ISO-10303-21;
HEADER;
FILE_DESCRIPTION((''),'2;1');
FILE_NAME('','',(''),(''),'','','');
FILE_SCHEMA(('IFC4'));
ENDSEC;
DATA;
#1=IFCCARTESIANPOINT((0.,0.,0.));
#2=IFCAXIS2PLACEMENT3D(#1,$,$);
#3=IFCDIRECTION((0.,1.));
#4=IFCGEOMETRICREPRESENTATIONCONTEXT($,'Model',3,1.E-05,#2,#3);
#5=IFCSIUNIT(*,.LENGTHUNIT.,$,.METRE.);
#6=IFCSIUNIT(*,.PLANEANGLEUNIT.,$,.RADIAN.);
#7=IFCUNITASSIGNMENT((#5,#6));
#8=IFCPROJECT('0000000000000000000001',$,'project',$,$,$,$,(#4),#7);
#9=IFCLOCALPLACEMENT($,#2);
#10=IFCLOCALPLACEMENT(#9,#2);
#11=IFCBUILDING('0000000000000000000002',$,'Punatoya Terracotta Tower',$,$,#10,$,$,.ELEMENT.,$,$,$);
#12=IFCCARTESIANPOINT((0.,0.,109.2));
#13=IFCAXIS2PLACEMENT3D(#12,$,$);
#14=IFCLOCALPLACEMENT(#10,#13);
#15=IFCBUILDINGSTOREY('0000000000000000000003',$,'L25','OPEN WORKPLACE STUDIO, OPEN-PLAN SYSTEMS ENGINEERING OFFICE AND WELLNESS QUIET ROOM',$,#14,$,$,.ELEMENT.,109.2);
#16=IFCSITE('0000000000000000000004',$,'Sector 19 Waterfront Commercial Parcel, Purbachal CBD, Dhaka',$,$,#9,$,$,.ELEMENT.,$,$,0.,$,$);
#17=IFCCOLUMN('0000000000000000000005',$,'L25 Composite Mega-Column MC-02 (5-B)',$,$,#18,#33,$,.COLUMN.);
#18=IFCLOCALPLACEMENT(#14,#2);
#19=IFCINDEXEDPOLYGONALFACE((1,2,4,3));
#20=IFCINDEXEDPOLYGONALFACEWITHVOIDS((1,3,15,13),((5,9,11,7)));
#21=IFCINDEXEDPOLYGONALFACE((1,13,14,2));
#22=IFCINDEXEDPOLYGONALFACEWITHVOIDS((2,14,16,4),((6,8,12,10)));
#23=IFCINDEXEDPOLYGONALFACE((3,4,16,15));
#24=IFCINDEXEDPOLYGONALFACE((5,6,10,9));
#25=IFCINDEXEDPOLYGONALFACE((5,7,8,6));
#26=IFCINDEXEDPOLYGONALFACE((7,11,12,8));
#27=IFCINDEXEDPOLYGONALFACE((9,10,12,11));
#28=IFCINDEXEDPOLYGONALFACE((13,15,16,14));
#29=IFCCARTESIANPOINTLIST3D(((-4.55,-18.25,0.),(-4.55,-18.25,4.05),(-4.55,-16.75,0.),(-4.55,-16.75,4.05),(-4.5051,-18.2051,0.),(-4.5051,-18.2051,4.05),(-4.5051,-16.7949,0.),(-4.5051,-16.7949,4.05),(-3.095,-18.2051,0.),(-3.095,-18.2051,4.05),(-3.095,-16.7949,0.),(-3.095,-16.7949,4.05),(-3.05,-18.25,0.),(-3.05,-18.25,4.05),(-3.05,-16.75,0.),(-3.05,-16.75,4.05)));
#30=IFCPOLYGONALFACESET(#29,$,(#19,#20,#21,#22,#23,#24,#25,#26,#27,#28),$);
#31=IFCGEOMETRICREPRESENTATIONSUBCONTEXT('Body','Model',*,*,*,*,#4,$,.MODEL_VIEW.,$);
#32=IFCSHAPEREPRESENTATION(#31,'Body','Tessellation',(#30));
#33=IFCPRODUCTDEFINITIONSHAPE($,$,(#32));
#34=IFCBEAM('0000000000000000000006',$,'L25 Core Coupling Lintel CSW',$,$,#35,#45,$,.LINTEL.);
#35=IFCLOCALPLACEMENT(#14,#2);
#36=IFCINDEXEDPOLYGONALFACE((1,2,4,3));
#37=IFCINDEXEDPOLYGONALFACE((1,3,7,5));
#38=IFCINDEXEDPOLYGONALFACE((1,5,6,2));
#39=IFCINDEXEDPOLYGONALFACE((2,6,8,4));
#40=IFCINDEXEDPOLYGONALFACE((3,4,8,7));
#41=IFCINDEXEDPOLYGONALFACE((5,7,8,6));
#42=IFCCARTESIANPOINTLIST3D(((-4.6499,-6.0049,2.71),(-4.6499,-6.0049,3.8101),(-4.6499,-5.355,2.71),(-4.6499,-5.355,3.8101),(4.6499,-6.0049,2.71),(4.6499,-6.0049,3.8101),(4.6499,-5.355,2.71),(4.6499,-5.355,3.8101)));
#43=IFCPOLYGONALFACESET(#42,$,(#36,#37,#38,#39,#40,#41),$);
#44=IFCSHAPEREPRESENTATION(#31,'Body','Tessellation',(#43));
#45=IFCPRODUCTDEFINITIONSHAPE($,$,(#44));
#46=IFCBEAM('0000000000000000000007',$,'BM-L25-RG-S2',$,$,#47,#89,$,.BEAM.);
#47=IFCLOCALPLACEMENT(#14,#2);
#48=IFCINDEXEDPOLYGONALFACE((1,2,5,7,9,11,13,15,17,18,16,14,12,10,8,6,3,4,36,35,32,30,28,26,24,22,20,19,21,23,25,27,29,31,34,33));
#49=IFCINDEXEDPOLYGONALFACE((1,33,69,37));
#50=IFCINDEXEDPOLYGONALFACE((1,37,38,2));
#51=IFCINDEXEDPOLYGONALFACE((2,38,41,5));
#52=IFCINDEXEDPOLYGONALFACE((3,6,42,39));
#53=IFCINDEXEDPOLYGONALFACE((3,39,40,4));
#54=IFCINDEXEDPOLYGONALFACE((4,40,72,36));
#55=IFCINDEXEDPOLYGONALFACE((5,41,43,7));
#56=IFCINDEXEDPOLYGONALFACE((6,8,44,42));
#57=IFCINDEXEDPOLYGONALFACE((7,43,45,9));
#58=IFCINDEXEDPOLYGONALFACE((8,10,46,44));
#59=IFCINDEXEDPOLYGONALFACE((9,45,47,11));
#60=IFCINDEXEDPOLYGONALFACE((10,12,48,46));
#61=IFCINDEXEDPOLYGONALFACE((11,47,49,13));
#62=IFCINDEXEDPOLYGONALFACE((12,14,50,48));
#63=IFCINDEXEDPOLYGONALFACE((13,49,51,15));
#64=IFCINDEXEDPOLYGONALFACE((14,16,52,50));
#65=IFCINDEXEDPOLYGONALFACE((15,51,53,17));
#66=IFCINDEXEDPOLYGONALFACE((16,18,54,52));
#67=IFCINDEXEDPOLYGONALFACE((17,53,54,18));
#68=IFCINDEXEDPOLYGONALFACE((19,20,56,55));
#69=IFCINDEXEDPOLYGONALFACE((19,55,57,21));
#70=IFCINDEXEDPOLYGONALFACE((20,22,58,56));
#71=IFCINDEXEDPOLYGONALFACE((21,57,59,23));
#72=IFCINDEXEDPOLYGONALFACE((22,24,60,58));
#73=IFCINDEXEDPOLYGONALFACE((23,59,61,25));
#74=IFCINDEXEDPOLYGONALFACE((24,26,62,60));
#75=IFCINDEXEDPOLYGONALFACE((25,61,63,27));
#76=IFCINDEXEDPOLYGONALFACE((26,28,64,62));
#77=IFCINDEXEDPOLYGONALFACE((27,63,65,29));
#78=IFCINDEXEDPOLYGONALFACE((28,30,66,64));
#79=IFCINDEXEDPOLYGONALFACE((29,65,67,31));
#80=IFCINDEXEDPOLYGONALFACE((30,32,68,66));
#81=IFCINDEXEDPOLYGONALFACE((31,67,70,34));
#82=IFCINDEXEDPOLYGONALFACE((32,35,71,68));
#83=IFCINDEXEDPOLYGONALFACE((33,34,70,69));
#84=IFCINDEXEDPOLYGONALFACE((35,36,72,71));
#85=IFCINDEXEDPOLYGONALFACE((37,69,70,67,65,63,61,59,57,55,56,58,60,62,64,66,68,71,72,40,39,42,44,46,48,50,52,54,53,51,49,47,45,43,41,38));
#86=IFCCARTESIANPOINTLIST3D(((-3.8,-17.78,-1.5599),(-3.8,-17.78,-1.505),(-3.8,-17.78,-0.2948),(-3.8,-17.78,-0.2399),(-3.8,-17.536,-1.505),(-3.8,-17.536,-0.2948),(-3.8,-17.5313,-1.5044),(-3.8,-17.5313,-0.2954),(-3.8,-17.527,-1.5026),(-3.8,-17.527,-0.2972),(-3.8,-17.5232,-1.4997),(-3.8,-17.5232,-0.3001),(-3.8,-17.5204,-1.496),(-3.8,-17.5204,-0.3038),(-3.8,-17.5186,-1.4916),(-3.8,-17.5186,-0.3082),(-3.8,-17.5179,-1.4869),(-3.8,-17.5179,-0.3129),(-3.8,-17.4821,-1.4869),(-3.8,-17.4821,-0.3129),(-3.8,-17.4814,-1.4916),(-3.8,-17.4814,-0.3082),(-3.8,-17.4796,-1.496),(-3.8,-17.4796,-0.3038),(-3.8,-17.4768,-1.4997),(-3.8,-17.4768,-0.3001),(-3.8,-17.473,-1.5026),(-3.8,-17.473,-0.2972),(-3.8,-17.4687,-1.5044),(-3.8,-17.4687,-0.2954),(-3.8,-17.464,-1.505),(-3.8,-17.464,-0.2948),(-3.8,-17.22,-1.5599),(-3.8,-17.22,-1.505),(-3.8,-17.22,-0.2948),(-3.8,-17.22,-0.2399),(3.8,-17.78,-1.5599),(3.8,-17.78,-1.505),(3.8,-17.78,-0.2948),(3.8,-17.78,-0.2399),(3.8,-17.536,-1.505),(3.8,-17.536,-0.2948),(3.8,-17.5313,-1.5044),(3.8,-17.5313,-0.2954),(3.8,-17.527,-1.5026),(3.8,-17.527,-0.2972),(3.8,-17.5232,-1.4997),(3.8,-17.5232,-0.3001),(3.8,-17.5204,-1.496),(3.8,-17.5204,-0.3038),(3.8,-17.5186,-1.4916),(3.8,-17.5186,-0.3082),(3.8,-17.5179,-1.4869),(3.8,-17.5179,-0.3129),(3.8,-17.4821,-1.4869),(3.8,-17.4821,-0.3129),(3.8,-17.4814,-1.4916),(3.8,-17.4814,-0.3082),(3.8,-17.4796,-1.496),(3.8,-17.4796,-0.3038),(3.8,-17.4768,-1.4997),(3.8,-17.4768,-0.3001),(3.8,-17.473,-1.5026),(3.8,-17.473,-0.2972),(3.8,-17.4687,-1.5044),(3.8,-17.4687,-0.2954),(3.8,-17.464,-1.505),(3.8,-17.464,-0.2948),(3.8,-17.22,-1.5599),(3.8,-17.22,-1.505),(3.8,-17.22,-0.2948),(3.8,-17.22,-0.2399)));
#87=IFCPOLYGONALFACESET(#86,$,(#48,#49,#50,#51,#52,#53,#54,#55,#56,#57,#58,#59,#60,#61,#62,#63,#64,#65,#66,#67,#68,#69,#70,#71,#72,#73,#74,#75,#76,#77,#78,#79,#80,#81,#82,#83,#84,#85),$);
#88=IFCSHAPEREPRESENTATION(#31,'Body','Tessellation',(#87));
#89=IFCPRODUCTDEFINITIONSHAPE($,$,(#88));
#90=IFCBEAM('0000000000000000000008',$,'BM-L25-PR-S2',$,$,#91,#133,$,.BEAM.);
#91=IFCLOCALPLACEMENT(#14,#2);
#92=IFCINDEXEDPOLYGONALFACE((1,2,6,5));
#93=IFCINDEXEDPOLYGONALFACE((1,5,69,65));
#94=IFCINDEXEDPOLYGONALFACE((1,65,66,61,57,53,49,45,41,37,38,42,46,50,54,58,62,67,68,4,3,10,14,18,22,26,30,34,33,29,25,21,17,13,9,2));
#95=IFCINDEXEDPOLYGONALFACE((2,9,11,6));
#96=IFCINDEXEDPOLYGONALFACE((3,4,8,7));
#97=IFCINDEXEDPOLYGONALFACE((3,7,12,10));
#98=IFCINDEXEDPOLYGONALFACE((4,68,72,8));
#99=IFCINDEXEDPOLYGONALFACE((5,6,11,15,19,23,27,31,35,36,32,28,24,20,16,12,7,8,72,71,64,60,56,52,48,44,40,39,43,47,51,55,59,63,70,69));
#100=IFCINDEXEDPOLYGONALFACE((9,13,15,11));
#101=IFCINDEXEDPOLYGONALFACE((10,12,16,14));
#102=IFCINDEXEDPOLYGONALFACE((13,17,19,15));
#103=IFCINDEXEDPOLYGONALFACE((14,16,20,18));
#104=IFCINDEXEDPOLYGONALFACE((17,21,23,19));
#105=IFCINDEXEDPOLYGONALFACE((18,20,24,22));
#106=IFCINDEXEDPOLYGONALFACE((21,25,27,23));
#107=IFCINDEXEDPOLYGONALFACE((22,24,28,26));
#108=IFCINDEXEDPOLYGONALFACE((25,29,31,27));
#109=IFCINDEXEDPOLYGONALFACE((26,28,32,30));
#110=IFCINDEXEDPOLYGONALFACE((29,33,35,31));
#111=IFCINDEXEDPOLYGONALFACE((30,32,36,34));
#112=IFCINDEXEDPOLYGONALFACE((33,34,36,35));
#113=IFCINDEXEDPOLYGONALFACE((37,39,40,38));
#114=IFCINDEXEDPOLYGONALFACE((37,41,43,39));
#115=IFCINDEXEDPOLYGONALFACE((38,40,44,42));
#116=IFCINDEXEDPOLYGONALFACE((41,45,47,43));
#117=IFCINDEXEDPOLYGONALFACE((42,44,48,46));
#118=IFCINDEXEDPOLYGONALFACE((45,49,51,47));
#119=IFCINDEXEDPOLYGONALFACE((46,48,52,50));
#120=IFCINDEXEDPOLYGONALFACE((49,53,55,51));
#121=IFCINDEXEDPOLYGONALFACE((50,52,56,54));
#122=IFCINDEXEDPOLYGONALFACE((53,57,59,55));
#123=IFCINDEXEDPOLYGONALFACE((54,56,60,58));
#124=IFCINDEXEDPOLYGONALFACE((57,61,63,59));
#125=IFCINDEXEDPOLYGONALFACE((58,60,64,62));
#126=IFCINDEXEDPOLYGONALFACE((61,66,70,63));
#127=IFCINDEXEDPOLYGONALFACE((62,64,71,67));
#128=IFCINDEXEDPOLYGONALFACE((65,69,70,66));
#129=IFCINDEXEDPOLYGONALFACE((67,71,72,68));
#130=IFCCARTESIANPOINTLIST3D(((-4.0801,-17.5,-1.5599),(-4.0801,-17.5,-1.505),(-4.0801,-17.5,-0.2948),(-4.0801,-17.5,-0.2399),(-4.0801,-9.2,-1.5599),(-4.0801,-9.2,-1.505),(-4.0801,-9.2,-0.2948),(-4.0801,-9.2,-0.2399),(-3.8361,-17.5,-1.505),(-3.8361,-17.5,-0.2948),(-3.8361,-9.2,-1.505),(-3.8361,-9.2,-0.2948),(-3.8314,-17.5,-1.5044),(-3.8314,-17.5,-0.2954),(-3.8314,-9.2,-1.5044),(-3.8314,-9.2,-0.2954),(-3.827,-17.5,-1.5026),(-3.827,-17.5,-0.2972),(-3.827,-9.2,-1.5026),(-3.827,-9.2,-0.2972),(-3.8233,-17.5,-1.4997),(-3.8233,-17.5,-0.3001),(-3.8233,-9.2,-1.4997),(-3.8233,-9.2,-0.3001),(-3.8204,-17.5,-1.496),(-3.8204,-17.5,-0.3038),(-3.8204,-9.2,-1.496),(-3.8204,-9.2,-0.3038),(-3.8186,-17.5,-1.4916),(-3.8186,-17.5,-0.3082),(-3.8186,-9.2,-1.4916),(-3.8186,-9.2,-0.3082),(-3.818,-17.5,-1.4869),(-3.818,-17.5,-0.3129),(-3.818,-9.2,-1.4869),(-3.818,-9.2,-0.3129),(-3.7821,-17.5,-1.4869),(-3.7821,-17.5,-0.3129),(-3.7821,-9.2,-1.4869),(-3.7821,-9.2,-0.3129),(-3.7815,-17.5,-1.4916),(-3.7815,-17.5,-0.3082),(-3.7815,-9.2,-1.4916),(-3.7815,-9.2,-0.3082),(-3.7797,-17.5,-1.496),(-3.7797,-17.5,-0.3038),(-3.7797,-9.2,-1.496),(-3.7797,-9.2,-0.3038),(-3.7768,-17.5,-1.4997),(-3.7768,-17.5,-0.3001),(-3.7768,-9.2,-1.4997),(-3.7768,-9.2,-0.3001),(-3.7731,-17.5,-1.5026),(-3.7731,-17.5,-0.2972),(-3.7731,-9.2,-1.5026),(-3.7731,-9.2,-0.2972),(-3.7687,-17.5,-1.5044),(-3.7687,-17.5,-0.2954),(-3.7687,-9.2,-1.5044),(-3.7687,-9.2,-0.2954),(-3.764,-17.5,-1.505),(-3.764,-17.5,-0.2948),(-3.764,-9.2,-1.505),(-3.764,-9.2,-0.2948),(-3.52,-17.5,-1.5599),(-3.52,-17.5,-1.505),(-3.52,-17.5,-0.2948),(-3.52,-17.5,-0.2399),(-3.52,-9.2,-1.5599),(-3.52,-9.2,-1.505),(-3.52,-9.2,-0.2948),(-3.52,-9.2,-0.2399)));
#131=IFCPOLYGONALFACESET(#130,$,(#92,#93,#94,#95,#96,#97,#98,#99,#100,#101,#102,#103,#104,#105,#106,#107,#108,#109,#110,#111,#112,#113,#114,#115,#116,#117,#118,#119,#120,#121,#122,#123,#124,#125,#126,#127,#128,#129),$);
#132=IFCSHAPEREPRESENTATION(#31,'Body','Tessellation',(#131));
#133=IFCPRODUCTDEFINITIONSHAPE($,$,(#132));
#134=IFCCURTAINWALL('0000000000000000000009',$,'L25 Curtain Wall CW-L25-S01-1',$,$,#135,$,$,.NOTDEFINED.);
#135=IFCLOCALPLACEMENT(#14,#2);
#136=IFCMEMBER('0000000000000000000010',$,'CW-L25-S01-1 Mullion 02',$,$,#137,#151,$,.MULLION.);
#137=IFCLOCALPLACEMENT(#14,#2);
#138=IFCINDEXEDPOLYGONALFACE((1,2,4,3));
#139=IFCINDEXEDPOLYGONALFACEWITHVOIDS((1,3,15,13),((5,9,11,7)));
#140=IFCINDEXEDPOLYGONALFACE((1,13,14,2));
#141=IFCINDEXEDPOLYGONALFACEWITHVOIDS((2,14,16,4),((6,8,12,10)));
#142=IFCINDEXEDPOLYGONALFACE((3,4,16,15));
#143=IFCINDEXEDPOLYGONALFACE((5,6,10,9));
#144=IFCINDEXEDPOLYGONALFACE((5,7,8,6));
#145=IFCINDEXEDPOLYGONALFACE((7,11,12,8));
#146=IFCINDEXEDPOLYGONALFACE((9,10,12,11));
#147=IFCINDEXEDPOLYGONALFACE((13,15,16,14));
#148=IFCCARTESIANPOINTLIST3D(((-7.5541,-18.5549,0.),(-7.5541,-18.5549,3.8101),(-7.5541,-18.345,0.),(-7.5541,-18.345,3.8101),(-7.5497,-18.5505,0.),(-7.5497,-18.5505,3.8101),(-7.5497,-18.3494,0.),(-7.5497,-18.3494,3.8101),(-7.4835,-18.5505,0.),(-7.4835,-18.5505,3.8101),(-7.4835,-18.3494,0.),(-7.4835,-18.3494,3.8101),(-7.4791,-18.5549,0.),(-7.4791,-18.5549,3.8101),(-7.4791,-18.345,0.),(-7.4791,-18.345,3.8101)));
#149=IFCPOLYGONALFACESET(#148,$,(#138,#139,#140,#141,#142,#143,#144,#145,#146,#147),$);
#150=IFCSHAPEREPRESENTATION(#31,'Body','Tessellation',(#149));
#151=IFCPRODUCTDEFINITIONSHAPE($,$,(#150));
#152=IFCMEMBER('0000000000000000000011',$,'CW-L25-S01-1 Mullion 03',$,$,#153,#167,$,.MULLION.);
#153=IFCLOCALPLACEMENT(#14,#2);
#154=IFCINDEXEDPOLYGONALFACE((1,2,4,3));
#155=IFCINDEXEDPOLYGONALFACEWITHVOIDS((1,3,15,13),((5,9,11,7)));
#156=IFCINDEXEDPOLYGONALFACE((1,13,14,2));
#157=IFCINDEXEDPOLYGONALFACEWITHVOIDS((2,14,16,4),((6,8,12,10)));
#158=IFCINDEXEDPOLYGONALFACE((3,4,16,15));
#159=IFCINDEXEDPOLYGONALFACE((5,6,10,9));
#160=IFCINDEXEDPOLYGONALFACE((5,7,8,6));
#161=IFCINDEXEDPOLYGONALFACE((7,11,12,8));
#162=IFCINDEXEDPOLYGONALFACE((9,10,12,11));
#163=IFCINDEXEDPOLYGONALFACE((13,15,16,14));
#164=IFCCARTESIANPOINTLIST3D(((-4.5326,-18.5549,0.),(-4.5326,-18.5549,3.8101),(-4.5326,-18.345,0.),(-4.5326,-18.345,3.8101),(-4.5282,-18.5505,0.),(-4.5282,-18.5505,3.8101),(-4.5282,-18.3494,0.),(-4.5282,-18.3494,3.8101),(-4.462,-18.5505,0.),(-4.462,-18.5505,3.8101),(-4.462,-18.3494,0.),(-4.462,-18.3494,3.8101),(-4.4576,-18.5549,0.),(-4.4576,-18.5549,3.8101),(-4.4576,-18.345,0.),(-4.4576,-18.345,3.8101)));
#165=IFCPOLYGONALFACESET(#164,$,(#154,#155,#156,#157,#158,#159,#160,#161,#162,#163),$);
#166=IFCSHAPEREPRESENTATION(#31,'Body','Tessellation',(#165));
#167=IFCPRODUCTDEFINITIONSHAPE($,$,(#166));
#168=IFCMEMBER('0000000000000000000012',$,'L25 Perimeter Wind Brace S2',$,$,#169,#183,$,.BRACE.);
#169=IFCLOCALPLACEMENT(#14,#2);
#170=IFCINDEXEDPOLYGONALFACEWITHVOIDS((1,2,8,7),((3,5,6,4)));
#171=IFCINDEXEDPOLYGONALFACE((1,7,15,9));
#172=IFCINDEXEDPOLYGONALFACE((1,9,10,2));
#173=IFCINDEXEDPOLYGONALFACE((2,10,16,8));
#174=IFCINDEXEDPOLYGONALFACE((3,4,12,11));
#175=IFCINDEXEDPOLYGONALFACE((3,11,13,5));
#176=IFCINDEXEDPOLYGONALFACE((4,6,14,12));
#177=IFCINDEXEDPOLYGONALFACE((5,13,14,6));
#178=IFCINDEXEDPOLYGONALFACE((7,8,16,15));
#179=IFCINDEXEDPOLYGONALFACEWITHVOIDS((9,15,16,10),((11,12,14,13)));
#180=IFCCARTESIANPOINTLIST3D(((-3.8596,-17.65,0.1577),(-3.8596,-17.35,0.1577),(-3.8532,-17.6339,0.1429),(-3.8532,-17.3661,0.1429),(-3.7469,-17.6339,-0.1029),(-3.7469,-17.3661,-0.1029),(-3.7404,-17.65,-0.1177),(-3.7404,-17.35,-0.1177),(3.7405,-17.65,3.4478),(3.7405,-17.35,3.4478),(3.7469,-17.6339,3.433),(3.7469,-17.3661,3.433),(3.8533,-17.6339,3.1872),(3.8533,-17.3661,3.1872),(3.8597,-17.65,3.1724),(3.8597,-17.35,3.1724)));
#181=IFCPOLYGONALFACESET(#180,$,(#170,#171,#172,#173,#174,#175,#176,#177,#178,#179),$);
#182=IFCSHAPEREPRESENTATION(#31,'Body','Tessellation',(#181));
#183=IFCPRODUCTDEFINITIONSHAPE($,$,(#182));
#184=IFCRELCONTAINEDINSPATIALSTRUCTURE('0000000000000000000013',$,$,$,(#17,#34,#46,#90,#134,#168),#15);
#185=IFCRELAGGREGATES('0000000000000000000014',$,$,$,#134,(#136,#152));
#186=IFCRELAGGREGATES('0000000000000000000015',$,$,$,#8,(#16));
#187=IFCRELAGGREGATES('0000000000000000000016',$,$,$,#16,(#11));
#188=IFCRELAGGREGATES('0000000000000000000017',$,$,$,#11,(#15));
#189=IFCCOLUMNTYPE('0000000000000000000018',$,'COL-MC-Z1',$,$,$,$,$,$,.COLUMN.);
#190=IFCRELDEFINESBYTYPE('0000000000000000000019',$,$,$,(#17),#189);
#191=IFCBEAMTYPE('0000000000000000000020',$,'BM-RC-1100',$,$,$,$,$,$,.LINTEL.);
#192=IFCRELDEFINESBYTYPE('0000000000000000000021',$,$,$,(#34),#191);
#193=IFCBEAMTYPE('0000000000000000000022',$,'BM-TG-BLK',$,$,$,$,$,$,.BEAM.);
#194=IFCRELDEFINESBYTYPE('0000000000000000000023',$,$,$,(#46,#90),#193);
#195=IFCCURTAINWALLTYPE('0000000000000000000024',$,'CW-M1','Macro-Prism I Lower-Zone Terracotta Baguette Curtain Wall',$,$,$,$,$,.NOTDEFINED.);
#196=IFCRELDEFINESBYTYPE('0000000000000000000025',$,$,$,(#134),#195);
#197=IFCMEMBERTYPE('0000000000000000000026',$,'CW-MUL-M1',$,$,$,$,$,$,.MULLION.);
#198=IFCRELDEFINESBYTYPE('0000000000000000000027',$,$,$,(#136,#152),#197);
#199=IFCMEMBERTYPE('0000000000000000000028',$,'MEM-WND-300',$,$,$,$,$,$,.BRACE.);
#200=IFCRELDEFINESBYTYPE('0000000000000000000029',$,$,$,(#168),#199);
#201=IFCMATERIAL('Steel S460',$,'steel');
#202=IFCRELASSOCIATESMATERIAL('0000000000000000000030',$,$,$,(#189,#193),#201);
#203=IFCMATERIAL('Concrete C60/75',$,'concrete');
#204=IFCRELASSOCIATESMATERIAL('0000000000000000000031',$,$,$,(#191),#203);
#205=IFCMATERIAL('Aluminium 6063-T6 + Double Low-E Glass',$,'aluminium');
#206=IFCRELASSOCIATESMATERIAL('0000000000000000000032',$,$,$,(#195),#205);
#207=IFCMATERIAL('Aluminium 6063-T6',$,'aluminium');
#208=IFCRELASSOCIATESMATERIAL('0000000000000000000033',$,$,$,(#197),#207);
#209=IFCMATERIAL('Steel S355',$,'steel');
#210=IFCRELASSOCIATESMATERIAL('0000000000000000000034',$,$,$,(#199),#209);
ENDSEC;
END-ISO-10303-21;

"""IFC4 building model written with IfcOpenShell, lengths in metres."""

from ifc_helpers import new_model, si_unit, direction, frame, origin, origin_2d, place, context, subcontext, project, spatial, rectangle, hollow_rectangle, i_section, extrude, material, material_profile, profile_set, type_object, element, aggregate, save


model = new_model("IFC4")

# Units and contexts
model_context = context("Model", 3, precision=1e-05, world=origin(), true_north=direction((0.0, 1.0)))
body_context = subcontext(model_context, "Body", "Model", "MODEL_VIEW")
ifc_project = project(units=[si_unit("LENGTHUNIT", "METRE"), si_unit("PLANEANGLEUNIT", "RADIAN")], contexts=[model_context])

# Site, building, storey
site_placement = place(None, origin())
site = spatial("IfcSite", under=ifc_project, at=site_placement, Name="Sector 19 Waterfront Commercial Parcel, Purbachal CBD, Dhaka", CompositionType="ELEMENT", RefElevation=0.0)
building_placement = place(site_placement, origin())
building = spatial("IfcBuilding", under=site, at=building_placement, Name="Punatoya Terracotta Tower", CompositionType="ELEMENT")
storey_placement = place(building_placement, frame((0.0, 0.0, 109.2)))
storey = spatial("IfcBuildingStorey", under=building, at=storey_placement, Name="L25", Description="OPEN WORKPLACE STUDIO, OPEN-PLAN SYSTEMS ENGINEERING OFFICE AND WELLNESS QUIET ROOM", CompositionType="ELEMENT", Elevation=109.2)

# Column
ifc_material_1 = material(Name="Steel S460", Category="steel")
ifc_material_profile_1 = material_profile(ifc_material_1, hollow_rectangle(XDim=1.5, YDim=1.5, WallThickness=0.0449, at=origin_2d()))
ifc_profile_set_1 = profile_set([ifc_material_profile_1], Name="Steel S460")
column_type = type_object("IfcColumnType", Name="COL-MC-Z1", PredefinedType="COLUMN", material=ifc_profile_set_1)
column_placement = place(storey_placement, frame((-3.8, -17.5, 0.0), z_axis=(0.0, 0.0, 1.0), x_axis=(1.0, 0.0, 0.0)))
element("IfcColumn", 1, at=column_placement, inside=storey, type_object=column_type, Name="L25 Composite Mega-Column MC-02 (5-B)", PredefinedType="COLUMN", context=body_context, shape_type="SweptSolid", body=[
    extrude(hollow_rectangle(XDim=1.5, YDim=1.5, WallThickness=0.0449, at=origin_2d()), origin(), (0.0, 0.0, 1.0), 4.05),
])

# Beams
ifc_material_2 = material(Name="Concrete C60/75", Category="concrete")
ifc_material_profile_2 = material_profile(ifc_material_2, rectangle(XDim=0.6499, YDim=1.1001, at=origin_2d()))
ifc_profile_set_2 = profile_set([ifc_material_profile_2], Name="Concrete C60/75")
beam_type_1 = type_object("IfcBeamType", Name="BM-RC-1100", PredefinedType="LINTEL", material=ifc_profile_set_2)
beam_1_placement = place(storey_placement, frame((-4.6499, -5.6799, 3.26), z_axis=(1.0, 0.0, 0.0), x_axis=(0.0, 1.0, 0.0)))
element("IfcBeam", 2, at=beam_1_placement, inside=storey, type_object=beam_type_1, Name="L25 Core Coupling Lintel CSW", PredefinedType="LINTEL", context=body_context, shape_type="SweptSolid", body=[
    extrude(rectangle(XDim=0.6499, YDim=1.1001, at=origin_2d()), origin(), (0.0, 0.0, 1.0), 9.2998),
])
ifc_material_profile_3 = material_profile(ifc_material_1, i_section(OverallWidth=0.5601, OverallDepth=1.3201, WebThickness=0.0359, FlangeThickness=0.0549, FilletRadius=0.0181, at=origin_2d()))
ifc_profile_set_3 = profile_set([ifc_material_profile_3], Name="Steel S460")
beam_type_2 = type_object("IfcBeamType", Name="BM-TG-BLK", PredefinedType="BEAM", material=ifc_profile_set_3)
beam_2_placement = place(storey_placement, frame((-3.8, -17.5, -0.8999), z_axis=(1.0, 0.0, 0.0), x_axis=(0.0, 1.0, 0.0)))
element("IfcBeam", 3, at=beam_2_placement, inside=storey, type_object=beam_type_2, Name="BM-L25-RG-S2", PredefinedType="BEAM", context=body_context, shape_type="SweptSolid", body=[
    extrude(i_section(OverallWidth=0.5601, OverallDepth=1.3201, WebThickness=0.0359, FlangeThickness=0.0549, FilletRadius=0.0181, at=origin_2d()), origin(), (0.0, 0.0, 1.0), 7.6001),
])
beam_3_placement = place(storey_placement, frame((-3.8, -17.5, -0.8999), z_axis=(0.0, 1.0, 0.0), x_axis=(-1.0, 0.0, 0.0)))
element("IfcBeam", 4, at=beam_3_placement, inside=storey, type_object=beam_type_2, Name="BM-L25-PR-S2", PredefinedType="BEAM", context=body_context, shape_type="SweptSolid", body=[
    extrude(i_section(OverallWidth=0.5601, OverallDepth=1.3201, WebThickness=0.0359, FlangeThickness=0.0549, FilletRadius=0.0181, at=origin_2d()), origin(), (0.0, 0.0, 1.0), 8.3),
])

# Curtain wall, members
ifc_material_3 = material(Name="Aluminium 6063-T6 + Double Low-E Glass", Category="aluminium")
curtain_wall_type = type_object("IfcCurtainWallType", Name="CW-M1", Description="Macro-Prism I Lower-Zone Terracotta Baguette Curtain Wall", PredefinedType="NOTDEFINED", material=ifc_material_3)
curtain_wall_placement = place(storey_placement, origin())
curtain_wall = element("IfcCurtainWall", 5, at=curtain_wall_placement, inside=storey, type_object=curtain_wall_type, Name="L25 Curtain Wall CW-L25-S01-1", PredefinedType="NOTDEFINED")
ifc_material_4 = material(Name="Aluminium 6063-T6", Category="aluminium")
ifc_material_profile_4 = material_profile(ifc_material_4, hollow_rectangle(XDim=0.075, YDim=0.21, WallThickness=0.0044, at=origin_2d()))
ifc_profile_set_4 = profile_set([ifc_material_profile_4], Name="Aluminium 6063-T6")
member_type_1 = type_object("IfcMemberType", Name="CW-MUL-M1", PredefinedType="MULLION", material=ifc_profile_set_4)
member_1_placement = place(storey_placement, frame((-7.5166, -18.45, 0.0), z_axis=(0.0, 0.0, 1.0), x_axis=(1.0, 0.0, 0.0)))
member_1 = element("IfcMember", 6, at=member_1_placement, type_object=member_type_1, Name="CW-L25-S01-1 Mullion 02", PredefinedType="MULLION", context=body_context, shape_type="SweptSolid", body=[
    extrude(hollow_rectangle(XDim=0.075, YDim=0.21, WallThickness=0.0044, at=origin_2d()), origin(), (0.0, 0.0, 1.0), 3.8101),
])
member_2_placement = place(storey_placement, frame((-4.4951, -18.45, 0.0), z_axis=(0.0, 0.0, 1.0), x_axis=(1.0, 0.0, 0.0)))
member_2 = element("IfcMember", 7, at=member_2_placement, type_object=member_type_1, Name="CW-L25-S01-1 Mullion 03", PredefinedType="MULLION", context=body_context, shape_type="SweptSolid", body=[
    extrude(hollow_rectangle(XDim=0.075, YDim=0.21, WallThickness=0.0044, at=origin_2d()), origin(), (0.0, 0.0, 1.0), 3.8101),
])

# Member
ifc_material_5 = material(Name="Steel S355", Category="steel")
ifc_material_profile_5 = material_profile(ifc_material_5, hollow_rectangle(XDim=0.3, YDim=0.3, WallThickness=0.0161, at=origin_2d()))
ifc_profile_set_5 = profile_set([ifc_material_profile_5], Name="Steel S355")
member_type_2 = type_object("IfcMemberType", Name="MEM-WND-300", PredefinedType="BRACE", material=ifc_profile_set_5)
member_3_placement = place(storey_placement, frame((-3.8, -17.5, 0.02), z_axis=(0.917703, 0.0, 0.397268), x_axis=(0.0, 1.0, 0.0)))
element("IfcMember", 8, at=member_3_placement, inside=storey, type_object=member_type_2, Name="L25 Perimeter Wind Brace S2", PredefinedType="BRACE", context=body_context, shape_type="SweptSolid", body=[
    extrude(hollow_rectangle(XDim=0.3, YDim=0.3, WallThickness=0.0161, at=origin_2d()), origin(), (0.0, 0.0, 1.0), 8.2817),
])

aggregate(curtain_wall, [member_1, member_2])

save(model, "model.ifc")
